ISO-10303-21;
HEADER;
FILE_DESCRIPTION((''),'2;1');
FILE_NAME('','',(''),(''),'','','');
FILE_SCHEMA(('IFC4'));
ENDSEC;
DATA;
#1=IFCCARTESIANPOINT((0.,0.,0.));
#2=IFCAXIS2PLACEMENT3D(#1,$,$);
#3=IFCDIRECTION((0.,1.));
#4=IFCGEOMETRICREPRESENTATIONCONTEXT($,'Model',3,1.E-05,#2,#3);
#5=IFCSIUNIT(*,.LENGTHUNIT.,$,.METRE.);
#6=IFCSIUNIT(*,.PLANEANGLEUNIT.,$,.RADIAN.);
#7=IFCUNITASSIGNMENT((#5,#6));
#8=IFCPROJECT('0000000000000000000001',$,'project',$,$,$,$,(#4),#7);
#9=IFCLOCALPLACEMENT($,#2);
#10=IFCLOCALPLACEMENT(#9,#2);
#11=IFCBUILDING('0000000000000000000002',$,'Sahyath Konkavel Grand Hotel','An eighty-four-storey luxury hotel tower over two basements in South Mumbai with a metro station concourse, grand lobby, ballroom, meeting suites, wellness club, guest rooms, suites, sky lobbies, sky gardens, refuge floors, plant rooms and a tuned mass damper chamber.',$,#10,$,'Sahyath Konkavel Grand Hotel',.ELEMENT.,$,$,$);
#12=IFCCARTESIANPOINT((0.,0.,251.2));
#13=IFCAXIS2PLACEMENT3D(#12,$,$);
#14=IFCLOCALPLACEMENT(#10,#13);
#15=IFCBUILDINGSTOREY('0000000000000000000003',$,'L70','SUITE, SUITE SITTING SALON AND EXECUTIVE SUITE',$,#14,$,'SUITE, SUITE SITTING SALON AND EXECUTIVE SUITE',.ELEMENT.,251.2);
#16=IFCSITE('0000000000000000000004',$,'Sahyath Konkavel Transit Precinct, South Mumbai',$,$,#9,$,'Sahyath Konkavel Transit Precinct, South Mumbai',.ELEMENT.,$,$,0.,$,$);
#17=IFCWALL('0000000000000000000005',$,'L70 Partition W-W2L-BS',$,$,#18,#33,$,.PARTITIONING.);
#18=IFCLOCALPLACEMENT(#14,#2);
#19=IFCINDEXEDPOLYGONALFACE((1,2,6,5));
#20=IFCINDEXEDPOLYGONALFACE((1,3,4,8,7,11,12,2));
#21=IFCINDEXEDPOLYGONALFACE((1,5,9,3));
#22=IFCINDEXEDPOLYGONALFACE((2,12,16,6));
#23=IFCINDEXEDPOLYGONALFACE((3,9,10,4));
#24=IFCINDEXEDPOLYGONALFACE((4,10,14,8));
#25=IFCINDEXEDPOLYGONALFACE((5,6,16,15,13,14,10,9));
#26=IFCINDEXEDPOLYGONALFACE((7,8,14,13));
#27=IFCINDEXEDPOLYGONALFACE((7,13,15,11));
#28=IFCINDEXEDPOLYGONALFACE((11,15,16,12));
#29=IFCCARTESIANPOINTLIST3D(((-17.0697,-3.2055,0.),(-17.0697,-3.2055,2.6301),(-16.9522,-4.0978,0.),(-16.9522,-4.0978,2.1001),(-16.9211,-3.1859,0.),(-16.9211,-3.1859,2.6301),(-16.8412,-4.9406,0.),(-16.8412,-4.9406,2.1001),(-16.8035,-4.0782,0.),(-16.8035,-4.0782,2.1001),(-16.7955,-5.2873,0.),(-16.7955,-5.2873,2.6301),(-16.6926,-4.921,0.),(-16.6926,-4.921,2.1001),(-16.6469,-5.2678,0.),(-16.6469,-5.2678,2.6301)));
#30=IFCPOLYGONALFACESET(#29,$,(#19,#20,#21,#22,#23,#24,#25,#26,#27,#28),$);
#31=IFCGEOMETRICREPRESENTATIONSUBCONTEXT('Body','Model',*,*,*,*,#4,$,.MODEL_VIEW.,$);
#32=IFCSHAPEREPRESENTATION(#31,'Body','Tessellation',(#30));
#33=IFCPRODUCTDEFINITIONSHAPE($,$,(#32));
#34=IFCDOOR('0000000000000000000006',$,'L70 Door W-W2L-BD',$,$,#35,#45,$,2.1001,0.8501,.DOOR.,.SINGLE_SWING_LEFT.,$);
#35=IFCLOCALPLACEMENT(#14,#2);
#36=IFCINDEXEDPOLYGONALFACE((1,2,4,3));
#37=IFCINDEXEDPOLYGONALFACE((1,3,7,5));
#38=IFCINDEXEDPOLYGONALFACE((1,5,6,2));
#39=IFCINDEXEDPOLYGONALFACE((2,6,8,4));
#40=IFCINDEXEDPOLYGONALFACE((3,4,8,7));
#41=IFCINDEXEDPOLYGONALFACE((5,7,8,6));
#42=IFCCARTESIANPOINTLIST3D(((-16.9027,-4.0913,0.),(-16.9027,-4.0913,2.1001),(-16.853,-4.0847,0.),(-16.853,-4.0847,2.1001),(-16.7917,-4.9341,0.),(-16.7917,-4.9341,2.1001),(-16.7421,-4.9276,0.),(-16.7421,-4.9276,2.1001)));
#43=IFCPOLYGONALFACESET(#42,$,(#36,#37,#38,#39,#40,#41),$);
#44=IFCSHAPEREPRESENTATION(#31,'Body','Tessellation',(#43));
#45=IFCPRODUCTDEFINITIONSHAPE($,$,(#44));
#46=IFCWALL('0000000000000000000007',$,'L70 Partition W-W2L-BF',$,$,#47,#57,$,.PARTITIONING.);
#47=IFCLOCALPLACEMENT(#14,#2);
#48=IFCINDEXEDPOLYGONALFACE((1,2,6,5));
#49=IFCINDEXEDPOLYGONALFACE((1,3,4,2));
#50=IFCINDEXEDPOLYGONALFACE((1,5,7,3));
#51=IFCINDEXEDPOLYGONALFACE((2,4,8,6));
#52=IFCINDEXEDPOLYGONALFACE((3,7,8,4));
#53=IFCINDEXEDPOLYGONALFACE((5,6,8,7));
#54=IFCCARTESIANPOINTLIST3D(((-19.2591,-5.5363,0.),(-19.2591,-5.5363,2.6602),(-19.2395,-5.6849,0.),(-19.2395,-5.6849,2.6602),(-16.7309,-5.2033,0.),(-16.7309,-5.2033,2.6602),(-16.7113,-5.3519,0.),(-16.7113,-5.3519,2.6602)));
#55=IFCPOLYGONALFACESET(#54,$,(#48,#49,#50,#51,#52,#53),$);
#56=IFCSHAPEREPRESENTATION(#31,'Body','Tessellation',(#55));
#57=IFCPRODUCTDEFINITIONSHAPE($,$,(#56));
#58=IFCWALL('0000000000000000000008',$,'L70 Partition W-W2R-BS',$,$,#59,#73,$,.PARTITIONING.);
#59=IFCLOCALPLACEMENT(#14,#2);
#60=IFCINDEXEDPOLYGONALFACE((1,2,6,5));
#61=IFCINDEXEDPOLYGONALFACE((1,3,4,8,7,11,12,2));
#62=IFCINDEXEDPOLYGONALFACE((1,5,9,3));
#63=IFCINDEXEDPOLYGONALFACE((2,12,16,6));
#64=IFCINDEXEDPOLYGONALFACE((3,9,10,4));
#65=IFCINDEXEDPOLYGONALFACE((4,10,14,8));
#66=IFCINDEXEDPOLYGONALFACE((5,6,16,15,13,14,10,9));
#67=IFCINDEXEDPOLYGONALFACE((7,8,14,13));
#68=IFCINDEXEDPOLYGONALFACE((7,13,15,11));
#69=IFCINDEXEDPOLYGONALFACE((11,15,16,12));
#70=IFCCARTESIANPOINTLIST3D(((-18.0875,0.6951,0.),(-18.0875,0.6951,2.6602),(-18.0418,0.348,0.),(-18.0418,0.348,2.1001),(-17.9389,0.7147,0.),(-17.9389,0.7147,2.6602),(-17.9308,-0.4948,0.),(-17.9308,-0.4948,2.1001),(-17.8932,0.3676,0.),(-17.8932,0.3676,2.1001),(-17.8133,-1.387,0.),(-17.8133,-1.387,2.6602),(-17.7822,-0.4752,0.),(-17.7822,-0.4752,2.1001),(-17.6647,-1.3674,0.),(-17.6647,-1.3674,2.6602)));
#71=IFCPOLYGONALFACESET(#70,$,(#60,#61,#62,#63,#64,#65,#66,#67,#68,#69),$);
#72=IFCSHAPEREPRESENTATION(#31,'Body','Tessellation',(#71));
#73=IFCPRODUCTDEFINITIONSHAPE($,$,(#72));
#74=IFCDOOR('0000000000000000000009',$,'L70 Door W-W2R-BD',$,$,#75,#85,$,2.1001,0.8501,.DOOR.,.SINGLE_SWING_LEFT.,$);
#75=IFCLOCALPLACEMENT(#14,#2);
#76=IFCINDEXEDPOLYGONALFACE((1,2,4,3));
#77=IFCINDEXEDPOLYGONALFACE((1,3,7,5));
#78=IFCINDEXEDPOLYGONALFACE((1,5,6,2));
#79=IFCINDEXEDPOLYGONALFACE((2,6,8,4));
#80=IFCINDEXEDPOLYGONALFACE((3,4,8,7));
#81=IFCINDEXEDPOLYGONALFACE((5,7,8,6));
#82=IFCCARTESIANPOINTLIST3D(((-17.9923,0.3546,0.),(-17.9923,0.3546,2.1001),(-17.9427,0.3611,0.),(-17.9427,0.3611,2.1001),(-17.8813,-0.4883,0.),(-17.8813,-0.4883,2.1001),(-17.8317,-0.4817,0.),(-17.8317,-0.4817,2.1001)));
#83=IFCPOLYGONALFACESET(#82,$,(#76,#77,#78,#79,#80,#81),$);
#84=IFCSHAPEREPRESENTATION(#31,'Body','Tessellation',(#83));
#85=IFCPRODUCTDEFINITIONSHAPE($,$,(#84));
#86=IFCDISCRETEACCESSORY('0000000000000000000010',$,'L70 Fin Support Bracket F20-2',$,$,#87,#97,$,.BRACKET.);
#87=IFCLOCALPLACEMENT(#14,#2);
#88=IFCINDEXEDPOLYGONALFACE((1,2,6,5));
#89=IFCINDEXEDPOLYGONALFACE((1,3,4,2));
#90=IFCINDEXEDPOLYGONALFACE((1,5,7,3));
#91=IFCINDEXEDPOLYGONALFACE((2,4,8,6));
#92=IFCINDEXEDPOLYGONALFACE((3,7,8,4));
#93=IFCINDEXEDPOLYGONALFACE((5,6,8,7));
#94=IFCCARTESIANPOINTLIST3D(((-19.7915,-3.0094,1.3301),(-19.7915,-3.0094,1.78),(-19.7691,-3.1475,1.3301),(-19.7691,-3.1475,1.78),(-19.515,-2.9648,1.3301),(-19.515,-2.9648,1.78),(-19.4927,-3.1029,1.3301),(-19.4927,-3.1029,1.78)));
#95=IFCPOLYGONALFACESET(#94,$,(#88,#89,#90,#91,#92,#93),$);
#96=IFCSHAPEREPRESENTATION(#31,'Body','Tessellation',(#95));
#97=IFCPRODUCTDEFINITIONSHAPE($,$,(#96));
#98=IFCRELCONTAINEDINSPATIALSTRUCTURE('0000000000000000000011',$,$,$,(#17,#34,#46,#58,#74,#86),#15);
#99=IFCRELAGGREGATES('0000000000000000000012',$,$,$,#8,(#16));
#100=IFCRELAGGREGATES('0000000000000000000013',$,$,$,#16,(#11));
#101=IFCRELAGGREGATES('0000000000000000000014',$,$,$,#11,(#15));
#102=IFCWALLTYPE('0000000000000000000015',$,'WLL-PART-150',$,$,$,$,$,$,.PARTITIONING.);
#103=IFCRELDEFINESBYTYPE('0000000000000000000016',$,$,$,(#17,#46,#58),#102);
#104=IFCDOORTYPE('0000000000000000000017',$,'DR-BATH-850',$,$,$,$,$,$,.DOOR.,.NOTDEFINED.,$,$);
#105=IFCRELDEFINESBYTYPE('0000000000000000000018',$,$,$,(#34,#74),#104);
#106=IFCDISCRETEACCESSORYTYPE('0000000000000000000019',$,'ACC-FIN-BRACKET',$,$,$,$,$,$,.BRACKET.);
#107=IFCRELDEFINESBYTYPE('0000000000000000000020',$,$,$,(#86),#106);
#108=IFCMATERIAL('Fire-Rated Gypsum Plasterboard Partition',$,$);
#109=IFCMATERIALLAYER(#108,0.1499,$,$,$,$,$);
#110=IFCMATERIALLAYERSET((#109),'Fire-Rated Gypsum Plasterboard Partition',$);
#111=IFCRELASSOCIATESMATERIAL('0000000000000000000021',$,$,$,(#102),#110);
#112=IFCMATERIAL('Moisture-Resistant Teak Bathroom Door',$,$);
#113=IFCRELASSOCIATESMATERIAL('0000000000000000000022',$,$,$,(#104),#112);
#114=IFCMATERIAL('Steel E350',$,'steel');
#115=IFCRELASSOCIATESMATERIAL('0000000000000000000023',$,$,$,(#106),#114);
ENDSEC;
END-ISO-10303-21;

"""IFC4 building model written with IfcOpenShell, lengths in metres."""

from ifc_helpers import new_model, si_unit, direction, frame, frame_2d, origin, origin_2d, place, context, subcontext, project, spatial, rectangle, extrude, source, transform, mapped, material, layer, layer_set, type_object, element, fill, save


model = new_model("IFC4")

# Units and contexts
model_context = context("Model", 3, precision=1e-05, world=origin(), true_north=direction((0.0, 1.0)))
body_context = subcontext(model_context, "Body", "Model", "MODEL_VIEW")
ifc_project = project(units=[si_unit("LENGTHUNIT", "METRE"), si_unit("PLANEANGLEUNIT", "RADIAN")], contexts=[model_context])

# Site, building, storey
site_placement = place(None, origin())
site = spatial("IfcSite", under=ifc_project, at=site_placement, Name="Sahyath Konkavel Transit Precinct, South Mumbai", LongName="Sahyath Konkavel Transit Precinct, South Mumbai", CompositionType="ELEMENT", RefElevation=0.0)
building_placement = place(site_placement, origin())
building = spatial("IfcBuilding", under=site, at=building_placement, Name="Sahyath Konkavel Grand Hotel", Description="An eighty-four-storey luxury hotel tower over two basements in South Mumbai with a metro station concourse, grand lobby, ballroom, meeting suites, wellness club, guest rooms, suites, sky lobbies, sky gardens, refuge floors, plant rooms and a tuned mass damper chamber.", LongName="Sahyath Konkavel Grand Hotel", CompositionType="ELEMENT")
storey_placement = place(building_placement, frame((0.0, 0.0, 251.2)))
storey = spatial("IfcBuildingStorey", under=building, at=storey_placement, Name="L70", Description="SUITE, SUITE SITTING SALON AND EXECUTIVE SUITE", LongName="SUITE, SUITE SITTING SALON AND EXECUTIVE SUITE", CompositionType="ELEMENT", Elevation=251.2)

# Shared definitions
ifc_material_1 = material(Name="Steel E350", Category="steel")

# Wall, opening, door
ifc_material_2 = material(Name="Fire-Rated Gypsum Plasterboard Partition")
ifc_layer_1 = layer(ifc_material_2, 0.1499)
ifc_layer_set_1 = layer_set([ifc_layer_1], Name="Fire-Rated Gypsum Plasterboard Partition")
wall_type_1 = type_object("IfcWallType", Name="WLL-PART-150", PredefinedType="PARTITIONING", material=ifc_layer_set_1)
wall_1_placement = place(storey_placement, frame((-16.9954, -3.1958, 0.0), z_axis=(0.0, 0.0, 1.0), x_axis=(0.130572, -0.991439, 0.0)))
wall_1 = element("IfcWall", 1, at=wall_1_placement, inside=storey, type_object=wall_type_1, Name="L70 Partition W-W2L-BS", PredefinedType="PARTITIONING", context=body_context, shape_type="SweptSolid", body=[
    extrude(rectangle(XDim=2.0999, YDim=0.1499, at=frame_2d((1.0498, 0.0))), origin(), (0.0, 0.0, 1.0), 2.6301),
])
opening_1_placement = place(wall_1_placement, frame((0.8999, 0.0, 0.0)))
opening_1 = element("IfcOpeningElement", 2, at=opening_1_placement, cuts=wall_1, PredefinedType="OPENING", context=body_context, shape_type="SweptSolid", body=[
    extrude(rectangle(XDim=0.8501, YDim=2.1001, at=frame_2d((0.425, 1.05))), frame((0.0, 0.085, 0.0), z_axis=(0.0, -1.0, 0.0), x_axis=(1.0, 0.0, 0.0)), (0.0, 0.0, 1.0), 0.1699),
])
ifc_material_3 = material(Name="Moisture-Resistant Teak Bathroom Door")
door_type = type_object("IfcDoorType", Name="DR-BATH-850", OperationType="NOTDEFINED", PredefinedType="DOOR", material=ifc_material_3)
shared_shape_1 = source(origin(), body_context, "Body", "SweptSolid", [
    extrude(rectangle(XDim=0.8501, YDim=0.05, at=origin_2d()), origin(), (0.0, 0.0, 1.0), 2.1001),
])
door_1_placement = place(opening_1_placement, frame((0.425, 0.0, 0.0)))
door_1 = element("IfcDoor", 3, at=door_1_placement, inside=storey, type_object=door_type, Name="L70 Door W-W2L-BD", OperationType="SINGLE_SWING_LEFT", OverallHeight=2.1001, OverallWidth=0.8501, PredefinedType="DOOR", context=body_context, shape_type="MappedRepresentation", body=[
    mapped(shared_shape_1, transform((0.0, 0.0, 0.0), scale=1.0)),
])
fill(opening_1, door_1)

# Wall
wall_2_placement = place(storey_placement, frame((-16.7212, -5.2776, 0.0), z_axis=(0.0, 0.0, 1.0), x_axis=(-0.991437, -0.130583, 0.0)))
element("IfcWall", 4, at=wall_2_placement, inside=storey, type_object=wall_type_1, Name="L70 Partition W-W2L-BF", PredefinedType="PARTITIONING", context=body_context, shape_type="SweptSolid", body=[
    extrude(rectangle(XDim=2.55, YDim=0.1499, at=frame_2d((1.2749, 0.0))), origin(), (0.0, 0.0, 1.0), 2.6602),
])

# Wall, opening, door
wall_3_placement = place(storey_placement, frame((-17.739, -1.3772, 0.0), z_axis=(0.0, 0.0, 1.0), x_axis=(-0.130557, 0.991441, 0.0)))
wall_3 = element("IfcWall", 5, at=wall_3_placement, inside=storey, type_object=wall_type_1, Name="L70 Partition W-W2R-BS", PredefinedType="PARTITIONING", context=body_context, shape_type="SweptSolid", body=[
    extrude(rectangle(XDim=2.1001, YDim=0.1499, at=frame_2d((1.05, 0.0))), origin(), (0.0, 0.0, 1.0), 2.6602),
])
opening_2_placement = place(wall_3_placement, frame((0.8999, 0.0, 0.0)))
opening_2 = element("IfcOpeningElement", 6, at=opening_2_placement, cuts=wall_3, PredefinedType="OPENING", context=body_context, shape_type="SweptSolid", body=[
    extrude(rectangle(XDim=0.8501, YDim=2.1001, at=frame_2d((0.425, 1.05))), frame((0.0, 0.085, 0.0), z_axis=(0.0, -1.0, 0.0), x_axis=(1.0, 0.0, 0.0)), (0.0, 0.0, 1.0), 0.1699),
])
door_2_placement = place(opening_2_placement, frame((0.425, 0.0, 0.0)))
door_2 = element("IfcDoor", 7, at=door_2_placement, inside=storey, type_object=door_type, Name="L70 Door W-W2R-BD", OperationType="SINGLE_SWING_LEFT", OverallHeight=2.1001, OverallWidth=0.8501, PredefinedType="DOOR", context=body_context, shape_type="MappedRepresentation", body=[
    mapped(shared_shape_1, transform((0.0, 0.0, 0.0), scale=1.0)),
])
fill(opening_2, door_2)

# Discrete accessory
discrete_accessory_type = type_object("IfcDiscreteAccessoryType", Name="ACC-FIN-BRACKET", PredefinedType="BRACKET", material=ifc_material_1)
shared_shape_2 = source(origin(), body_context, "Body", "SweptSolid", [
    extrude(rectangle(XDim=0.28, YDim=0.1399, at=origin_2d()), origin(), (0.0, 0.0, 1.0), 0.45),
])
discrete_accessory_placement = place(storey_placement, frame((-19.6421, -3.0562, 1.3301), z_axis=(0.0, 0.0, 1.0), x_axis=(-0.987184, -0.159588, 0.0)))
element("IfcDiscreteAccessory", 8, at=discrete_accessory_placement, inside=storey, type_object=discrete_accessory_type, Name="L70 Fin Support Bracket F20-2", PredefinedType="BRACKET", context=body_context, shape_type="MappedRepresentation", body=[
    mapped(shared_shape_2, transform((0.0, 0.0, 0.0), scale=1.0)),
])

save(model, "model.ifc")
